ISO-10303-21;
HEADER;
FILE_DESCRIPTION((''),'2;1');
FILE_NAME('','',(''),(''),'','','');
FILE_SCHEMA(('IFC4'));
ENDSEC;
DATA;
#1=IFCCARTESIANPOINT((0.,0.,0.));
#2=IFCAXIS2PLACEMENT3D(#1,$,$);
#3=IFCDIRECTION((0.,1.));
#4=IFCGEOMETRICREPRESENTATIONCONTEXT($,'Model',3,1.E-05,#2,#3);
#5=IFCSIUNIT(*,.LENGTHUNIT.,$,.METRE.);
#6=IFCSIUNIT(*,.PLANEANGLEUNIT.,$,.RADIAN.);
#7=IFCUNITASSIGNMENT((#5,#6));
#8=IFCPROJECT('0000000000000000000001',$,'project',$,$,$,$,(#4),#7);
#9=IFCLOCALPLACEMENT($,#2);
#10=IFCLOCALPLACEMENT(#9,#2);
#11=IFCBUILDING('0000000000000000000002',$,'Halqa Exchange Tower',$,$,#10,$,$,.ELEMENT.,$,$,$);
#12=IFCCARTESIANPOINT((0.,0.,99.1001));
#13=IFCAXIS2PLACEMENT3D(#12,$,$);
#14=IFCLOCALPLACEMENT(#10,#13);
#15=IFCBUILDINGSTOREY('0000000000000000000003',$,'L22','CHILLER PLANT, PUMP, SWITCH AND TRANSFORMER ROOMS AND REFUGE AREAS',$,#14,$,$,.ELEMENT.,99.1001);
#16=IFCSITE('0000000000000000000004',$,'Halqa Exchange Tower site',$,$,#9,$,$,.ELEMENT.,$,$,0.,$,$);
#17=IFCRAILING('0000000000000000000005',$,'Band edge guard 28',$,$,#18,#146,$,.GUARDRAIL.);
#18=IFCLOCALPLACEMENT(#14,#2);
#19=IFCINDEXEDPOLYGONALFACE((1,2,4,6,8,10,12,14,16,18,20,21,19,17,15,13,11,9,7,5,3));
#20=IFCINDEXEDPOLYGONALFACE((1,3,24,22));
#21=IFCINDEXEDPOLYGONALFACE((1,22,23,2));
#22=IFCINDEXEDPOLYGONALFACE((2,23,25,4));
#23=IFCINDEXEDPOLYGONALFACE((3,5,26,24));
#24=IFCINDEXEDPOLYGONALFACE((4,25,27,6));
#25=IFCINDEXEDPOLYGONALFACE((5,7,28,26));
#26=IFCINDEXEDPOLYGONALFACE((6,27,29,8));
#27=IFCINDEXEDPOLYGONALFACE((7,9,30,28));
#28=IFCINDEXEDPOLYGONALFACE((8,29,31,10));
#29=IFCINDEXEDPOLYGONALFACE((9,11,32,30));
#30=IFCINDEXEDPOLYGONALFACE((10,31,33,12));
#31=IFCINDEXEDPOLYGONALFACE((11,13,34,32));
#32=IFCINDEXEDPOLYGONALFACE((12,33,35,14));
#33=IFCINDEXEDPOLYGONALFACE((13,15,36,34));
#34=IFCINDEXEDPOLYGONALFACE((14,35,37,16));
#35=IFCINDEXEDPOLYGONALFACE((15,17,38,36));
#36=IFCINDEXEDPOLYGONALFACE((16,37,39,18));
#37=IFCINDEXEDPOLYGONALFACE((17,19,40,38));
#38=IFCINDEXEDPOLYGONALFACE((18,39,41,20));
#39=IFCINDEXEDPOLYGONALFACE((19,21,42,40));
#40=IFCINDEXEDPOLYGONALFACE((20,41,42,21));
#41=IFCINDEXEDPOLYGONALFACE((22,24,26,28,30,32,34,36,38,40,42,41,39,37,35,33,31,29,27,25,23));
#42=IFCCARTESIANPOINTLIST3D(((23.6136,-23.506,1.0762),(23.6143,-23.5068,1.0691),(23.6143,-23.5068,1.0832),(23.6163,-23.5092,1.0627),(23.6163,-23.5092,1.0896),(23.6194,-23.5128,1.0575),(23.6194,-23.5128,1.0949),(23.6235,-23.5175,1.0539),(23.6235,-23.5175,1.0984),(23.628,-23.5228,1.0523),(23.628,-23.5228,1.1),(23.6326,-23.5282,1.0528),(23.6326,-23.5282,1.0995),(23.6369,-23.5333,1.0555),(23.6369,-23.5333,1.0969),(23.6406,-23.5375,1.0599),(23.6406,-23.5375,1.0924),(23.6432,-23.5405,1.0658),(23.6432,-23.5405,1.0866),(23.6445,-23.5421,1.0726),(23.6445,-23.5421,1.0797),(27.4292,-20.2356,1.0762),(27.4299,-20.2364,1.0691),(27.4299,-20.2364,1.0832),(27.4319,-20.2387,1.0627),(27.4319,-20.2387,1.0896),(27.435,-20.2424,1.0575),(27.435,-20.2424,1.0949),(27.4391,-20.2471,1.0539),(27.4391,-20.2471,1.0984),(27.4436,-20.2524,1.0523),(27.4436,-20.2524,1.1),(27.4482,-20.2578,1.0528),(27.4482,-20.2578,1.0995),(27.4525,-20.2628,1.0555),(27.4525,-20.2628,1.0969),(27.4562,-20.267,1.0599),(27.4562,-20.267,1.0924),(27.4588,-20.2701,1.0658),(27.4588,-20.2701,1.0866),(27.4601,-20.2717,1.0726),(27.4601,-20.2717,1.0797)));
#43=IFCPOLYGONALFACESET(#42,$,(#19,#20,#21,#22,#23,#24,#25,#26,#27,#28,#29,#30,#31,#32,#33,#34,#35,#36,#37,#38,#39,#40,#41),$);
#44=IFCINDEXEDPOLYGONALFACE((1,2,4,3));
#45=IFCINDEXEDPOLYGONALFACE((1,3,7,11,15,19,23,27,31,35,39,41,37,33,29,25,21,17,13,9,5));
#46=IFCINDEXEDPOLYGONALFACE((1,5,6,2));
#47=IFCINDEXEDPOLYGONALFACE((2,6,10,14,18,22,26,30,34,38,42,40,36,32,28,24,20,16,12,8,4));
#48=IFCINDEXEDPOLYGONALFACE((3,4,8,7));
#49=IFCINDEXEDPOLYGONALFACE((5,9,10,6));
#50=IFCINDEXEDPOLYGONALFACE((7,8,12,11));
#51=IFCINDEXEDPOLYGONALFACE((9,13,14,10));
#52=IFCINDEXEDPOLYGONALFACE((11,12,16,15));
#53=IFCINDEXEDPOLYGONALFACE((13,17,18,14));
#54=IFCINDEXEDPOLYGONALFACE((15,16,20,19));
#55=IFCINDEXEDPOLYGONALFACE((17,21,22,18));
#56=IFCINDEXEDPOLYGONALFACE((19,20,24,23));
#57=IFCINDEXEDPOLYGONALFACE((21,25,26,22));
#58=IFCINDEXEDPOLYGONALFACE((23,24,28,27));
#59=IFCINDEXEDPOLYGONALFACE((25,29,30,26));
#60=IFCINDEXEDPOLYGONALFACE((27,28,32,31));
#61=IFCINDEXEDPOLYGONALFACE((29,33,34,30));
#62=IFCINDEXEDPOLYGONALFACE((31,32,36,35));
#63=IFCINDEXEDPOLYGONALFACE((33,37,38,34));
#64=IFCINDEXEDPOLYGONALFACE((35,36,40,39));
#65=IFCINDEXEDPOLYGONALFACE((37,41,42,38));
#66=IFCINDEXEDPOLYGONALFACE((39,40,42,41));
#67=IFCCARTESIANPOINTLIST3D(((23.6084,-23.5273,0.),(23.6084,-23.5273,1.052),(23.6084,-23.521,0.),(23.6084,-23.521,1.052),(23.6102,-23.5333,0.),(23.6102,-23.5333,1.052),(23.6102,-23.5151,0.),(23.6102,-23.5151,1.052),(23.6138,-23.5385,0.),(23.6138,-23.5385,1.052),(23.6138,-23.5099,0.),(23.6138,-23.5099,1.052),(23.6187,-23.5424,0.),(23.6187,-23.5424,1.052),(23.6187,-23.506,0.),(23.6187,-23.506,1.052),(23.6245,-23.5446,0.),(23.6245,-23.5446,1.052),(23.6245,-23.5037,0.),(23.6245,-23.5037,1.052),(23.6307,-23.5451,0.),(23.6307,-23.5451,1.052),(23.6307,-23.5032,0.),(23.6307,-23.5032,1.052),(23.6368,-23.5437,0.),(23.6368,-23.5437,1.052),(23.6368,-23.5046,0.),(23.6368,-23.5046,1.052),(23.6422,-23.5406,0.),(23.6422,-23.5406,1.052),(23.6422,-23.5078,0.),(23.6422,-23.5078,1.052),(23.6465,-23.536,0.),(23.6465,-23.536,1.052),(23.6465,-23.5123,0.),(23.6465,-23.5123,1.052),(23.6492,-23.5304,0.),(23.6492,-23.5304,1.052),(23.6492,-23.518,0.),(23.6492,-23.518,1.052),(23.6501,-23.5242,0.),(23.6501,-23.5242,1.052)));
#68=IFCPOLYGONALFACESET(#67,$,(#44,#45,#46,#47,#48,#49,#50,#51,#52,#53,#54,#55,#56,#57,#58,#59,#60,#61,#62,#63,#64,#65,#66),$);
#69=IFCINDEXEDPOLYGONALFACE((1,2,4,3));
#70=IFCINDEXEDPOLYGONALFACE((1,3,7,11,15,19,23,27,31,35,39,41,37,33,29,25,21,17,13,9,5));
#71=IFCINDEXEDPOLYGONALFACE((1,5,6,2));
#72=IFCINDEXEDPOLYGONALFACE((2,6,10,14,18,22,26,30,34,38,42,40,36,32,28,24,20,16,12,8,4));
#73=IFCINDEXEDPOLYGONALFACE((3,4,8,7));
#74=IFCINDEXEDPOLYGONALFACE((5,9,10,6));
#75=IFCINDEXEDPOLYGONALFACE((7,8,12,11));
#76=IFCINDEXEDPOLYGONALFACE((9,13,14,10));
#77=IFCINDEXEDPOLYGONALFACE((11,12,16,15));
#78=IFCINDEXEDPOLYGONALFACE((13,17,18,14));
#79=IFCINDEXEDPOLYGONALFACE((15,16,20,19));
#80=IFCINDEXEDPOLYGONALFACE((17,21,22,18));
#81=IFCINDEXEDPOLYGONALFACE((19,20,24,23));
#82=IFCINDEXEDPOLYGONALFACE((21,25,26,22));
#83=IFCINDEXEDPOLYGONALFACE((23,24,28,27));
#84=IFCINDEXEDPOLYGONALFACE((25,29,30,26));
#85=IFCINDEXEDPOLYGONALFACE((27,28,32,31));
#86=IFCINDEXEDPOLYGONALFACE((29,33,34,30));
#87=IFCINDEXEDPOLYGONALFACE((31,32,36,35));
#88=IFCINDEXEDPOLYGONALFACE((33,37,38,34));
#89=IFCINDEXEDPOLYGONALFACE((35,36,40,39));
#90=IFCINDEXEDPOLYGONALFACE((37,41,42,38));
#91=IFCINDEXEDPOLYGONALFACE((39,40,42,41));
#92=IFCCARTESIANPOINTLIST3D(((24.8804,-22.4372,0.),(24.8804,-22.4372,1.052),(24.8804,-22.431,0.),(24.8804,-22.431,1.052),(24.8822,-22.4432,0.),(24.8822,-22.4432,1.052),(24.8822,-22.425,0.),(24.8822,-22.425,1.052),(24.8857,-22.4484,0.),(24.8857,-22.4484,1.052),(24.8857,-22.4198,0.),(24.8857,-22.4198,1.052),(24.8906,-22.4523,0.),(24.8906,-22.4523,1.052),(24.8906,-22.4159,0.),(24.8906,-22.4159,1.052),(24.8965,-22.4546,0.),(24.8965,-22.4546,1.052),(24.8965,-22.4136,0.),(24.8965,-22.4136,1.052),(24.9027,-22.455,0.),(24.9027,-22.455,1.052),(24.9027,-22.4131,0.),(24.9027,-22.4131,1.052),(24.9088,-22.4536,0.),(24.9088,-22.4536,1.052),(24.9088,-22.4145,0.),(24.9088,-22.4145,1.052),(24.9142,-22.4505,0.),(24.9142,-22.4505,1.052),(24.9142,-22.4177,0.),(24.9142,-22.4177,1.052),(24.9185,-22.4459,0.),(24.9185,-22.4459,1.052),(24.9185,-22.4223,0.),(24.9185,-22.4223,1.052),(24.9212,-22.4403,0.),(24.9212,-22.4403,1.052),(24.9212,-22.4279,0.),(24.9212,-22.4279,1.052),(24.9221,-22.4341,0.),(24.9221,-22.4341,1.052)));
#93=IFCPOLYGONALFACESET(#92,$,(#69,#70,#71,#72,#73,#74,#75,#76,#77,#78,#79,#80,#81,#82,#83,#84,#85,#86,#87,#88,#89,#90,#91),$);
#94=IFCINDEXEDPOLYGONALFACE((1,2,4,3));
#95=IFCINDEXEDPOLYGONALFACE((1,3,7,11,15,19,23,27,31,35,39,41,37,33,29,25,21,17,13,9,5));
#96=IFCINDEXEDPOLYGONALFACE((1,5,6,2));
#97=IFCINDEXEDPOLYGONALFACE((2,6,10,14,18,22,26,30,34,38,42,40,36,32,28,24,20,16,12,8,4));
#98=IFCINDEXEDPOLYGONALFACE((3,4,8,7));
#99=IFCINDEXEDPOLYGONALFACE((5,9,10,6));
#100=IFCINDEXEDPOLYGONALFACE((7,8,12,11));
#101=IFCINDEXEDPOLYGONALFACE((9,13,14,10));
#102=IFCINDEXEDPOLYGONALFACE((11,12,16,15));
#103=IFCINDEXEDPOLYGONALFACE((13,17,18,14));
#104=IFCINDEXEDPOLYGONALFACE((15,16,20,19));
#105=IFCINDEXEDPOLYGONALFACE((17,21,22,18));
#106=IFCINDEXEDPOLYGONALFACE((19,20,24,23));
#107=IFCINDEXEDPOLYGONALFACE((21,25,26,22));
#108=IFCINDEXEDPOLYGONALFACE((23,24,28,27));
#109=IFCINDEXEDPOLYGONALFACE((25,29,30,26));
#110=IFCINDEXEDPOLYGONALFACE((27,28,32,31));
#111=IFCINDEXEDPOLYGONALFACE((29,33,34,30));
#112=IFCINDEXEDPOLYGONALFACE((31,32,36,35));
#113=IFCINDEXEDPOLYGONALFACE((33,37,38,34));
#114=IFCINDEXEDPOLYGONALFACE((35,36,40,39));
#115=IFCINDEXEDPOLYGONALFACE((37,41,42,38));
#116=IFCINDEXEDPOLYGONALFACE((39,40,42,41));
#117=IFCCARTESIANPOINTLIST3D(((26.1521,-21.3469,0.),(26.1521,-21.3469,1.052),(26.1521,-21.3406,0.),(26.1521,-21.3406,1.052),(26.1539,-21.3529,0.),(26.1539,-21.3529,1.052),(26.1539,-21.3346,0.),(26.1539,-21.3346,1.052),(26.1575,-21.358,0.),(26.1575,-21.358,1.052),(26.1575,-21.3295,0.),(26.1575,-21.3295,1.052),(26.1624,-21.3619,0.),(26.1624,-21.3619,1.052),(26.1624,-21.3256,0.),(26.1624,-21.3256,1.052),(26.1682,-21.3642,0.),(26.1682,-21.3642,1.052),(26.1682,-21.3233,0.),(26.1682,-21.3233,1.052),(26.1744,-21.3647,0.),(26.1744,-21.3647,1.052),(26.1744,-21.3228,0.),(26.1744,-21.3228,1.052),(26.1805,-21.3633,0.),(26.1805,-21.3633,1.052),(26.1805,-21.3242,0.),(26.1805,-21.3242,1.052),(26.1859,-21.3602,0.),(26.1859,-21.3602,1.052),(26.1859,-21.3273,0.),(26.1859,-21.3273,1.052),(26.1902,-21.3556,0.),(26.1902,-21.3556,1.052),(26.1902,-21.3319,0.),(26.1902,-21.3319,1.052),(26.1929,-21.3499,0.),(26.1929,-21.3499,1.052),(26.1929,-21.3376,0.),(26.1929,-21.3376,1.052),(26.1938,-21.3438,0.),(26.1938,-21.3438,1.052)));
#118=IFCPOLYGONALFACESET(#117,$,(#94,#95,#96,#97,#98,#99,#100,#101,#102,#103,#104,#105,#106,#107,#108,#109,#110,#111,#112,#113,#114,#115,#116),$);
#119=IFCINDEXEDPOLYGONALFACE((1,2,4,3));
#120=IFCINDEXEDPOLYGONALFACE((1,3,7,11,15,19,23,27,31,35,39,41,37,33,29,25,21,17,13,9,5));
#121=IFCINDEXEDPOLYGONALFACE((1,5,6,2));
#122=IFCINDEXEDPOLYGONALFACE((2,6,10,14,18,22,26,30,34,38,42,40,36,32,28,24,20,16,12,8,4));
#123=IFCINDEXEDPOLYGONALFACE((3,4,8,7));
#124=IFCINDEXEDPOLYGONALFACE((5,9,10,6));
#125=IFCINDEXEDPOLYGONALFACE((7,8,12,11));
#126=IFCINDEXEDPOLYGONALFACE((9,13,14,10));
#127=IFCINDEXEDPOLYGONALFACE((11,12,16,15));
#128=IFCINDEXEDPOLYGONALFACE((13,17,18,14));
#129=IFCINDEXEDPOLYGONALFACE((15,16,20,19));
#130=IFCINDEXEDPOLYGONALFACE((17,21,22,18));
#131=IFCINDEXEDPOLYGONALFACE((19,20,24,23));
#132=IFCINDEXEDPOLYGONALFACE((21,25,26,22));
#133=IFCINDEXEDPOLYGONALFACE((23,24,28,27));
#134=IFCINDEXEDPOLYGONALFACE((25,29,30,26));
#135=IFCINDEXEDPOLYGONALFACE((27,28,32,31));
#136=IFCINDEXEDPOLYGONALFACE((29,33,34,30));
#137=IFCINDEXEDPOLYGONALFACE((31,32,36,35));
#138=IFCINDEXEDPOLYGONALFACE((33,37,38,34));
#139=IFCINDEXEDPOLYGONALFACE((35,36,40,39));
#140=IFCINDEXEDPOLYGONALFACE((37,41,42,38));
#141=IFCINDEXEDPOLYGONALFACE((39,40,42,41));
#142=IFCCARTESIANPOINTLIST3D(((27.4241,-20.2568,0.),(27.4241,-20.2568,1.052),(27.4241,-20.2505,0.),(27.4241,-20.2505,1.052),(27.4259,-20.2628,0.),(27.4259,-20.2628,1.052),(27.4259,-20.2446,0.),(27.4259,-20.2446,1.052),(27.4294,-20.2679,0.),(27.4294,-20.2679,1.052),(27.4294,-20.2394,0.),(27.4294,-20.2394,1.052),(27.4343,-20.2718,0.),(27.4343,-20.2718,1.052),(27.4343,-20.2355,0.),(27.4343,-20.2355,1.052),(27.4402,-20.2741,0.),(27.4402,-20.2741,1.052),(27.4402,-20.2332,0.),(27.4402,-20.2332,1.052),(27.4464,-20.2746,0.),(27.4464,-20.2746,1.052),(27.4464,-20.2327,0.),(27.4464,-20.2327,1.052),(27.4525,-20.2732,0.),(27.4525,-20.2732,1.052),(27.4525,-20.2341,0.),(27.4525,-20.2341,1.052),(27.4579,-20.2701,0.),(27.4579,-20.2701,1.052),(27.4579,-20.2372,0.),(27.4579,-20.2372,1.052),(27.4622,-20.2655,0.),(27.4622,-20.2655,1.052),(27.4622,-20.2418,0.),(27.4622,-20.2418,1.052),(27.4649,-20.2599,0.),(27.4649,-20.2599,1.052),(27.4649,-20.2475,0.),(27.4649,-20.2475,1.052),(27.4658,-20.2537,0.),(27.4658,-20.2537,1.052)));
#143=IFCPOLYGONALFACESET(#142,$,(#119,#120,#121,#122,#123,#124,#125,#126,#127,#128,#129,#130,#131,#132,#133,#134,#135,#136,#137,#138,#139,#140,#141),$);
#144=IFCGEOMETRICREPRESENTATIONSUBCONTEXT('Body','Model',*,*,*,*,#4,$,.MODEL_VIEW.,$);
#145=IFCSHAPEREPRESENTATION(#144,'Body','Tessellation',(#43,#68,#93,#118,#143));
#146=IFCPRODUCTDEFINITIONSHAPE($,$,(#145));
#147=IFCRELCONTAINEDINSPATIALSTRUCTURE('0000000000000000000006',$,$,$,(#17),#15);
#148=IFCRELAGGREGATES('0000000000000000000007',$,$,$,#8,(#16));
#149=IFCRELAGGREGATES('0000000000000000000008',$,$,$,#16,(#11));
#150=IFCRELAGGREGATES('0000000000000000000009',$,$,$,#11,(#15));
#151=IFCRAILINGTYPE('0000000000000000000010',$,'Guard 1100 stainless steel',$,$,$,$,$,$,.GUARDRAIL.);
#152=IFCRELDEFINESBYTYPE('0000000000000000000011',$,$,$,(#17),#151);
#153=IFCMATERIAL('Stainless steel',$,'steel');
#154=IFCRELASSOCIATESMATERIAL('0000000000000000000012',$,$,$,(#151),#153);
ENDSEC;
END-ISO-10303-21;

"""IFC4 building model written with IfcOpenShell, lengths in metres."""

from ifc_helpers import new_model, si_unit, direction, frame, origin, origin_2d, place, context, subcontext, project, spatial, circle, extrude, material, type_object, element, save


model = new_model("IFC4")

# Units and contexts
model_context = context("Model", 3, precision=1e-05, world=origin(), true_north=direction((0.0, 1.0)))
body_context = subcontext(model_context, "Body", "Model", "MODEL_VIEW")
ifc_project = project(units=[si_unit("LENGTHUNIT", "METRE"), si_unit("PLANEANGLEUNIT", "RADIAN")], contexts=[model_context])

# Site, building, storey
site_placement = place(None, origin())
site = spatial("IfcSite", under=ifc_project, at=site_placement, Name="Halqa Exchange Tower site", CompositionType="ELEMENT", RefElevation=0.0)
building_placement = place(site_placement, origin())
building = spatial("IfcBuilding", under=site, at=building_placement, Name="Halqa Exchange Tower", CompositionType="ELEMENT")
storey_placement = place(building_placement, frame((0.0, 0.0, 99.1001)))
storey = spatial("IfcBuildingStorey", under=building, at=storey_placement, Name="L22", Description="CHILLER PLANT, PUMP, SWITCH AND TRANSFORMER ROOMS AND REFUGE AREAS", CompositionType="ELEMENT", Elevation=99.1001)

# Railing
ifc_material_1 = material(Name="Stainless steel", Category="steel")
railing_type = type_object("IfcRailingType", Name="Guard 1100 stainless steel", PredefinedType="GUARDRAIL", material=ifc_material_1)
railing_1_placement = place(storey_placement, frame((23.6292, -23.5242, 0.0)))
element("IfcRailing", 1, at=railing_1_placement, inside=storey, type_object=railing_type, Name="Band edge guard 28", PredefinedType="GUARDRAIL", context=body_context, shape_type="SweptSolid", body=[
    extrude(circle(Radius=0.0239, at=origin_2d()), frame((0.0, 0.0, 1.0762), z_axis=(0.759263, 0.650783, 0.0), x_axis=(-0.650783, 0.759263, 0.0)), (0.0, 0.0, 1.0), 5.0254),
    extrude(circle(Radius=0.021, at=origin_2d()), origin(), (0.0, 0.0, 1.0), 1.052),
    extrude(circle(Radius=0.021, at=origin_2d()), frame((1.272, 1.0901, 0.0)), (0.0, 0.0, 1.0), 1.052),
    extrude(circle(Radius=0.021, at=origin_2d()), frame((2.5437, 2.1804, 0.0)), (0.0, 0.0, 1.0), 1.052),
    extrude(circle(Radius=0.021, at=origin_2d()), frame((3.8157, 3.2705, 0.0)), (0.0, 0.0, 1.0), 1.052),
])

save(model, "model.ifc")
